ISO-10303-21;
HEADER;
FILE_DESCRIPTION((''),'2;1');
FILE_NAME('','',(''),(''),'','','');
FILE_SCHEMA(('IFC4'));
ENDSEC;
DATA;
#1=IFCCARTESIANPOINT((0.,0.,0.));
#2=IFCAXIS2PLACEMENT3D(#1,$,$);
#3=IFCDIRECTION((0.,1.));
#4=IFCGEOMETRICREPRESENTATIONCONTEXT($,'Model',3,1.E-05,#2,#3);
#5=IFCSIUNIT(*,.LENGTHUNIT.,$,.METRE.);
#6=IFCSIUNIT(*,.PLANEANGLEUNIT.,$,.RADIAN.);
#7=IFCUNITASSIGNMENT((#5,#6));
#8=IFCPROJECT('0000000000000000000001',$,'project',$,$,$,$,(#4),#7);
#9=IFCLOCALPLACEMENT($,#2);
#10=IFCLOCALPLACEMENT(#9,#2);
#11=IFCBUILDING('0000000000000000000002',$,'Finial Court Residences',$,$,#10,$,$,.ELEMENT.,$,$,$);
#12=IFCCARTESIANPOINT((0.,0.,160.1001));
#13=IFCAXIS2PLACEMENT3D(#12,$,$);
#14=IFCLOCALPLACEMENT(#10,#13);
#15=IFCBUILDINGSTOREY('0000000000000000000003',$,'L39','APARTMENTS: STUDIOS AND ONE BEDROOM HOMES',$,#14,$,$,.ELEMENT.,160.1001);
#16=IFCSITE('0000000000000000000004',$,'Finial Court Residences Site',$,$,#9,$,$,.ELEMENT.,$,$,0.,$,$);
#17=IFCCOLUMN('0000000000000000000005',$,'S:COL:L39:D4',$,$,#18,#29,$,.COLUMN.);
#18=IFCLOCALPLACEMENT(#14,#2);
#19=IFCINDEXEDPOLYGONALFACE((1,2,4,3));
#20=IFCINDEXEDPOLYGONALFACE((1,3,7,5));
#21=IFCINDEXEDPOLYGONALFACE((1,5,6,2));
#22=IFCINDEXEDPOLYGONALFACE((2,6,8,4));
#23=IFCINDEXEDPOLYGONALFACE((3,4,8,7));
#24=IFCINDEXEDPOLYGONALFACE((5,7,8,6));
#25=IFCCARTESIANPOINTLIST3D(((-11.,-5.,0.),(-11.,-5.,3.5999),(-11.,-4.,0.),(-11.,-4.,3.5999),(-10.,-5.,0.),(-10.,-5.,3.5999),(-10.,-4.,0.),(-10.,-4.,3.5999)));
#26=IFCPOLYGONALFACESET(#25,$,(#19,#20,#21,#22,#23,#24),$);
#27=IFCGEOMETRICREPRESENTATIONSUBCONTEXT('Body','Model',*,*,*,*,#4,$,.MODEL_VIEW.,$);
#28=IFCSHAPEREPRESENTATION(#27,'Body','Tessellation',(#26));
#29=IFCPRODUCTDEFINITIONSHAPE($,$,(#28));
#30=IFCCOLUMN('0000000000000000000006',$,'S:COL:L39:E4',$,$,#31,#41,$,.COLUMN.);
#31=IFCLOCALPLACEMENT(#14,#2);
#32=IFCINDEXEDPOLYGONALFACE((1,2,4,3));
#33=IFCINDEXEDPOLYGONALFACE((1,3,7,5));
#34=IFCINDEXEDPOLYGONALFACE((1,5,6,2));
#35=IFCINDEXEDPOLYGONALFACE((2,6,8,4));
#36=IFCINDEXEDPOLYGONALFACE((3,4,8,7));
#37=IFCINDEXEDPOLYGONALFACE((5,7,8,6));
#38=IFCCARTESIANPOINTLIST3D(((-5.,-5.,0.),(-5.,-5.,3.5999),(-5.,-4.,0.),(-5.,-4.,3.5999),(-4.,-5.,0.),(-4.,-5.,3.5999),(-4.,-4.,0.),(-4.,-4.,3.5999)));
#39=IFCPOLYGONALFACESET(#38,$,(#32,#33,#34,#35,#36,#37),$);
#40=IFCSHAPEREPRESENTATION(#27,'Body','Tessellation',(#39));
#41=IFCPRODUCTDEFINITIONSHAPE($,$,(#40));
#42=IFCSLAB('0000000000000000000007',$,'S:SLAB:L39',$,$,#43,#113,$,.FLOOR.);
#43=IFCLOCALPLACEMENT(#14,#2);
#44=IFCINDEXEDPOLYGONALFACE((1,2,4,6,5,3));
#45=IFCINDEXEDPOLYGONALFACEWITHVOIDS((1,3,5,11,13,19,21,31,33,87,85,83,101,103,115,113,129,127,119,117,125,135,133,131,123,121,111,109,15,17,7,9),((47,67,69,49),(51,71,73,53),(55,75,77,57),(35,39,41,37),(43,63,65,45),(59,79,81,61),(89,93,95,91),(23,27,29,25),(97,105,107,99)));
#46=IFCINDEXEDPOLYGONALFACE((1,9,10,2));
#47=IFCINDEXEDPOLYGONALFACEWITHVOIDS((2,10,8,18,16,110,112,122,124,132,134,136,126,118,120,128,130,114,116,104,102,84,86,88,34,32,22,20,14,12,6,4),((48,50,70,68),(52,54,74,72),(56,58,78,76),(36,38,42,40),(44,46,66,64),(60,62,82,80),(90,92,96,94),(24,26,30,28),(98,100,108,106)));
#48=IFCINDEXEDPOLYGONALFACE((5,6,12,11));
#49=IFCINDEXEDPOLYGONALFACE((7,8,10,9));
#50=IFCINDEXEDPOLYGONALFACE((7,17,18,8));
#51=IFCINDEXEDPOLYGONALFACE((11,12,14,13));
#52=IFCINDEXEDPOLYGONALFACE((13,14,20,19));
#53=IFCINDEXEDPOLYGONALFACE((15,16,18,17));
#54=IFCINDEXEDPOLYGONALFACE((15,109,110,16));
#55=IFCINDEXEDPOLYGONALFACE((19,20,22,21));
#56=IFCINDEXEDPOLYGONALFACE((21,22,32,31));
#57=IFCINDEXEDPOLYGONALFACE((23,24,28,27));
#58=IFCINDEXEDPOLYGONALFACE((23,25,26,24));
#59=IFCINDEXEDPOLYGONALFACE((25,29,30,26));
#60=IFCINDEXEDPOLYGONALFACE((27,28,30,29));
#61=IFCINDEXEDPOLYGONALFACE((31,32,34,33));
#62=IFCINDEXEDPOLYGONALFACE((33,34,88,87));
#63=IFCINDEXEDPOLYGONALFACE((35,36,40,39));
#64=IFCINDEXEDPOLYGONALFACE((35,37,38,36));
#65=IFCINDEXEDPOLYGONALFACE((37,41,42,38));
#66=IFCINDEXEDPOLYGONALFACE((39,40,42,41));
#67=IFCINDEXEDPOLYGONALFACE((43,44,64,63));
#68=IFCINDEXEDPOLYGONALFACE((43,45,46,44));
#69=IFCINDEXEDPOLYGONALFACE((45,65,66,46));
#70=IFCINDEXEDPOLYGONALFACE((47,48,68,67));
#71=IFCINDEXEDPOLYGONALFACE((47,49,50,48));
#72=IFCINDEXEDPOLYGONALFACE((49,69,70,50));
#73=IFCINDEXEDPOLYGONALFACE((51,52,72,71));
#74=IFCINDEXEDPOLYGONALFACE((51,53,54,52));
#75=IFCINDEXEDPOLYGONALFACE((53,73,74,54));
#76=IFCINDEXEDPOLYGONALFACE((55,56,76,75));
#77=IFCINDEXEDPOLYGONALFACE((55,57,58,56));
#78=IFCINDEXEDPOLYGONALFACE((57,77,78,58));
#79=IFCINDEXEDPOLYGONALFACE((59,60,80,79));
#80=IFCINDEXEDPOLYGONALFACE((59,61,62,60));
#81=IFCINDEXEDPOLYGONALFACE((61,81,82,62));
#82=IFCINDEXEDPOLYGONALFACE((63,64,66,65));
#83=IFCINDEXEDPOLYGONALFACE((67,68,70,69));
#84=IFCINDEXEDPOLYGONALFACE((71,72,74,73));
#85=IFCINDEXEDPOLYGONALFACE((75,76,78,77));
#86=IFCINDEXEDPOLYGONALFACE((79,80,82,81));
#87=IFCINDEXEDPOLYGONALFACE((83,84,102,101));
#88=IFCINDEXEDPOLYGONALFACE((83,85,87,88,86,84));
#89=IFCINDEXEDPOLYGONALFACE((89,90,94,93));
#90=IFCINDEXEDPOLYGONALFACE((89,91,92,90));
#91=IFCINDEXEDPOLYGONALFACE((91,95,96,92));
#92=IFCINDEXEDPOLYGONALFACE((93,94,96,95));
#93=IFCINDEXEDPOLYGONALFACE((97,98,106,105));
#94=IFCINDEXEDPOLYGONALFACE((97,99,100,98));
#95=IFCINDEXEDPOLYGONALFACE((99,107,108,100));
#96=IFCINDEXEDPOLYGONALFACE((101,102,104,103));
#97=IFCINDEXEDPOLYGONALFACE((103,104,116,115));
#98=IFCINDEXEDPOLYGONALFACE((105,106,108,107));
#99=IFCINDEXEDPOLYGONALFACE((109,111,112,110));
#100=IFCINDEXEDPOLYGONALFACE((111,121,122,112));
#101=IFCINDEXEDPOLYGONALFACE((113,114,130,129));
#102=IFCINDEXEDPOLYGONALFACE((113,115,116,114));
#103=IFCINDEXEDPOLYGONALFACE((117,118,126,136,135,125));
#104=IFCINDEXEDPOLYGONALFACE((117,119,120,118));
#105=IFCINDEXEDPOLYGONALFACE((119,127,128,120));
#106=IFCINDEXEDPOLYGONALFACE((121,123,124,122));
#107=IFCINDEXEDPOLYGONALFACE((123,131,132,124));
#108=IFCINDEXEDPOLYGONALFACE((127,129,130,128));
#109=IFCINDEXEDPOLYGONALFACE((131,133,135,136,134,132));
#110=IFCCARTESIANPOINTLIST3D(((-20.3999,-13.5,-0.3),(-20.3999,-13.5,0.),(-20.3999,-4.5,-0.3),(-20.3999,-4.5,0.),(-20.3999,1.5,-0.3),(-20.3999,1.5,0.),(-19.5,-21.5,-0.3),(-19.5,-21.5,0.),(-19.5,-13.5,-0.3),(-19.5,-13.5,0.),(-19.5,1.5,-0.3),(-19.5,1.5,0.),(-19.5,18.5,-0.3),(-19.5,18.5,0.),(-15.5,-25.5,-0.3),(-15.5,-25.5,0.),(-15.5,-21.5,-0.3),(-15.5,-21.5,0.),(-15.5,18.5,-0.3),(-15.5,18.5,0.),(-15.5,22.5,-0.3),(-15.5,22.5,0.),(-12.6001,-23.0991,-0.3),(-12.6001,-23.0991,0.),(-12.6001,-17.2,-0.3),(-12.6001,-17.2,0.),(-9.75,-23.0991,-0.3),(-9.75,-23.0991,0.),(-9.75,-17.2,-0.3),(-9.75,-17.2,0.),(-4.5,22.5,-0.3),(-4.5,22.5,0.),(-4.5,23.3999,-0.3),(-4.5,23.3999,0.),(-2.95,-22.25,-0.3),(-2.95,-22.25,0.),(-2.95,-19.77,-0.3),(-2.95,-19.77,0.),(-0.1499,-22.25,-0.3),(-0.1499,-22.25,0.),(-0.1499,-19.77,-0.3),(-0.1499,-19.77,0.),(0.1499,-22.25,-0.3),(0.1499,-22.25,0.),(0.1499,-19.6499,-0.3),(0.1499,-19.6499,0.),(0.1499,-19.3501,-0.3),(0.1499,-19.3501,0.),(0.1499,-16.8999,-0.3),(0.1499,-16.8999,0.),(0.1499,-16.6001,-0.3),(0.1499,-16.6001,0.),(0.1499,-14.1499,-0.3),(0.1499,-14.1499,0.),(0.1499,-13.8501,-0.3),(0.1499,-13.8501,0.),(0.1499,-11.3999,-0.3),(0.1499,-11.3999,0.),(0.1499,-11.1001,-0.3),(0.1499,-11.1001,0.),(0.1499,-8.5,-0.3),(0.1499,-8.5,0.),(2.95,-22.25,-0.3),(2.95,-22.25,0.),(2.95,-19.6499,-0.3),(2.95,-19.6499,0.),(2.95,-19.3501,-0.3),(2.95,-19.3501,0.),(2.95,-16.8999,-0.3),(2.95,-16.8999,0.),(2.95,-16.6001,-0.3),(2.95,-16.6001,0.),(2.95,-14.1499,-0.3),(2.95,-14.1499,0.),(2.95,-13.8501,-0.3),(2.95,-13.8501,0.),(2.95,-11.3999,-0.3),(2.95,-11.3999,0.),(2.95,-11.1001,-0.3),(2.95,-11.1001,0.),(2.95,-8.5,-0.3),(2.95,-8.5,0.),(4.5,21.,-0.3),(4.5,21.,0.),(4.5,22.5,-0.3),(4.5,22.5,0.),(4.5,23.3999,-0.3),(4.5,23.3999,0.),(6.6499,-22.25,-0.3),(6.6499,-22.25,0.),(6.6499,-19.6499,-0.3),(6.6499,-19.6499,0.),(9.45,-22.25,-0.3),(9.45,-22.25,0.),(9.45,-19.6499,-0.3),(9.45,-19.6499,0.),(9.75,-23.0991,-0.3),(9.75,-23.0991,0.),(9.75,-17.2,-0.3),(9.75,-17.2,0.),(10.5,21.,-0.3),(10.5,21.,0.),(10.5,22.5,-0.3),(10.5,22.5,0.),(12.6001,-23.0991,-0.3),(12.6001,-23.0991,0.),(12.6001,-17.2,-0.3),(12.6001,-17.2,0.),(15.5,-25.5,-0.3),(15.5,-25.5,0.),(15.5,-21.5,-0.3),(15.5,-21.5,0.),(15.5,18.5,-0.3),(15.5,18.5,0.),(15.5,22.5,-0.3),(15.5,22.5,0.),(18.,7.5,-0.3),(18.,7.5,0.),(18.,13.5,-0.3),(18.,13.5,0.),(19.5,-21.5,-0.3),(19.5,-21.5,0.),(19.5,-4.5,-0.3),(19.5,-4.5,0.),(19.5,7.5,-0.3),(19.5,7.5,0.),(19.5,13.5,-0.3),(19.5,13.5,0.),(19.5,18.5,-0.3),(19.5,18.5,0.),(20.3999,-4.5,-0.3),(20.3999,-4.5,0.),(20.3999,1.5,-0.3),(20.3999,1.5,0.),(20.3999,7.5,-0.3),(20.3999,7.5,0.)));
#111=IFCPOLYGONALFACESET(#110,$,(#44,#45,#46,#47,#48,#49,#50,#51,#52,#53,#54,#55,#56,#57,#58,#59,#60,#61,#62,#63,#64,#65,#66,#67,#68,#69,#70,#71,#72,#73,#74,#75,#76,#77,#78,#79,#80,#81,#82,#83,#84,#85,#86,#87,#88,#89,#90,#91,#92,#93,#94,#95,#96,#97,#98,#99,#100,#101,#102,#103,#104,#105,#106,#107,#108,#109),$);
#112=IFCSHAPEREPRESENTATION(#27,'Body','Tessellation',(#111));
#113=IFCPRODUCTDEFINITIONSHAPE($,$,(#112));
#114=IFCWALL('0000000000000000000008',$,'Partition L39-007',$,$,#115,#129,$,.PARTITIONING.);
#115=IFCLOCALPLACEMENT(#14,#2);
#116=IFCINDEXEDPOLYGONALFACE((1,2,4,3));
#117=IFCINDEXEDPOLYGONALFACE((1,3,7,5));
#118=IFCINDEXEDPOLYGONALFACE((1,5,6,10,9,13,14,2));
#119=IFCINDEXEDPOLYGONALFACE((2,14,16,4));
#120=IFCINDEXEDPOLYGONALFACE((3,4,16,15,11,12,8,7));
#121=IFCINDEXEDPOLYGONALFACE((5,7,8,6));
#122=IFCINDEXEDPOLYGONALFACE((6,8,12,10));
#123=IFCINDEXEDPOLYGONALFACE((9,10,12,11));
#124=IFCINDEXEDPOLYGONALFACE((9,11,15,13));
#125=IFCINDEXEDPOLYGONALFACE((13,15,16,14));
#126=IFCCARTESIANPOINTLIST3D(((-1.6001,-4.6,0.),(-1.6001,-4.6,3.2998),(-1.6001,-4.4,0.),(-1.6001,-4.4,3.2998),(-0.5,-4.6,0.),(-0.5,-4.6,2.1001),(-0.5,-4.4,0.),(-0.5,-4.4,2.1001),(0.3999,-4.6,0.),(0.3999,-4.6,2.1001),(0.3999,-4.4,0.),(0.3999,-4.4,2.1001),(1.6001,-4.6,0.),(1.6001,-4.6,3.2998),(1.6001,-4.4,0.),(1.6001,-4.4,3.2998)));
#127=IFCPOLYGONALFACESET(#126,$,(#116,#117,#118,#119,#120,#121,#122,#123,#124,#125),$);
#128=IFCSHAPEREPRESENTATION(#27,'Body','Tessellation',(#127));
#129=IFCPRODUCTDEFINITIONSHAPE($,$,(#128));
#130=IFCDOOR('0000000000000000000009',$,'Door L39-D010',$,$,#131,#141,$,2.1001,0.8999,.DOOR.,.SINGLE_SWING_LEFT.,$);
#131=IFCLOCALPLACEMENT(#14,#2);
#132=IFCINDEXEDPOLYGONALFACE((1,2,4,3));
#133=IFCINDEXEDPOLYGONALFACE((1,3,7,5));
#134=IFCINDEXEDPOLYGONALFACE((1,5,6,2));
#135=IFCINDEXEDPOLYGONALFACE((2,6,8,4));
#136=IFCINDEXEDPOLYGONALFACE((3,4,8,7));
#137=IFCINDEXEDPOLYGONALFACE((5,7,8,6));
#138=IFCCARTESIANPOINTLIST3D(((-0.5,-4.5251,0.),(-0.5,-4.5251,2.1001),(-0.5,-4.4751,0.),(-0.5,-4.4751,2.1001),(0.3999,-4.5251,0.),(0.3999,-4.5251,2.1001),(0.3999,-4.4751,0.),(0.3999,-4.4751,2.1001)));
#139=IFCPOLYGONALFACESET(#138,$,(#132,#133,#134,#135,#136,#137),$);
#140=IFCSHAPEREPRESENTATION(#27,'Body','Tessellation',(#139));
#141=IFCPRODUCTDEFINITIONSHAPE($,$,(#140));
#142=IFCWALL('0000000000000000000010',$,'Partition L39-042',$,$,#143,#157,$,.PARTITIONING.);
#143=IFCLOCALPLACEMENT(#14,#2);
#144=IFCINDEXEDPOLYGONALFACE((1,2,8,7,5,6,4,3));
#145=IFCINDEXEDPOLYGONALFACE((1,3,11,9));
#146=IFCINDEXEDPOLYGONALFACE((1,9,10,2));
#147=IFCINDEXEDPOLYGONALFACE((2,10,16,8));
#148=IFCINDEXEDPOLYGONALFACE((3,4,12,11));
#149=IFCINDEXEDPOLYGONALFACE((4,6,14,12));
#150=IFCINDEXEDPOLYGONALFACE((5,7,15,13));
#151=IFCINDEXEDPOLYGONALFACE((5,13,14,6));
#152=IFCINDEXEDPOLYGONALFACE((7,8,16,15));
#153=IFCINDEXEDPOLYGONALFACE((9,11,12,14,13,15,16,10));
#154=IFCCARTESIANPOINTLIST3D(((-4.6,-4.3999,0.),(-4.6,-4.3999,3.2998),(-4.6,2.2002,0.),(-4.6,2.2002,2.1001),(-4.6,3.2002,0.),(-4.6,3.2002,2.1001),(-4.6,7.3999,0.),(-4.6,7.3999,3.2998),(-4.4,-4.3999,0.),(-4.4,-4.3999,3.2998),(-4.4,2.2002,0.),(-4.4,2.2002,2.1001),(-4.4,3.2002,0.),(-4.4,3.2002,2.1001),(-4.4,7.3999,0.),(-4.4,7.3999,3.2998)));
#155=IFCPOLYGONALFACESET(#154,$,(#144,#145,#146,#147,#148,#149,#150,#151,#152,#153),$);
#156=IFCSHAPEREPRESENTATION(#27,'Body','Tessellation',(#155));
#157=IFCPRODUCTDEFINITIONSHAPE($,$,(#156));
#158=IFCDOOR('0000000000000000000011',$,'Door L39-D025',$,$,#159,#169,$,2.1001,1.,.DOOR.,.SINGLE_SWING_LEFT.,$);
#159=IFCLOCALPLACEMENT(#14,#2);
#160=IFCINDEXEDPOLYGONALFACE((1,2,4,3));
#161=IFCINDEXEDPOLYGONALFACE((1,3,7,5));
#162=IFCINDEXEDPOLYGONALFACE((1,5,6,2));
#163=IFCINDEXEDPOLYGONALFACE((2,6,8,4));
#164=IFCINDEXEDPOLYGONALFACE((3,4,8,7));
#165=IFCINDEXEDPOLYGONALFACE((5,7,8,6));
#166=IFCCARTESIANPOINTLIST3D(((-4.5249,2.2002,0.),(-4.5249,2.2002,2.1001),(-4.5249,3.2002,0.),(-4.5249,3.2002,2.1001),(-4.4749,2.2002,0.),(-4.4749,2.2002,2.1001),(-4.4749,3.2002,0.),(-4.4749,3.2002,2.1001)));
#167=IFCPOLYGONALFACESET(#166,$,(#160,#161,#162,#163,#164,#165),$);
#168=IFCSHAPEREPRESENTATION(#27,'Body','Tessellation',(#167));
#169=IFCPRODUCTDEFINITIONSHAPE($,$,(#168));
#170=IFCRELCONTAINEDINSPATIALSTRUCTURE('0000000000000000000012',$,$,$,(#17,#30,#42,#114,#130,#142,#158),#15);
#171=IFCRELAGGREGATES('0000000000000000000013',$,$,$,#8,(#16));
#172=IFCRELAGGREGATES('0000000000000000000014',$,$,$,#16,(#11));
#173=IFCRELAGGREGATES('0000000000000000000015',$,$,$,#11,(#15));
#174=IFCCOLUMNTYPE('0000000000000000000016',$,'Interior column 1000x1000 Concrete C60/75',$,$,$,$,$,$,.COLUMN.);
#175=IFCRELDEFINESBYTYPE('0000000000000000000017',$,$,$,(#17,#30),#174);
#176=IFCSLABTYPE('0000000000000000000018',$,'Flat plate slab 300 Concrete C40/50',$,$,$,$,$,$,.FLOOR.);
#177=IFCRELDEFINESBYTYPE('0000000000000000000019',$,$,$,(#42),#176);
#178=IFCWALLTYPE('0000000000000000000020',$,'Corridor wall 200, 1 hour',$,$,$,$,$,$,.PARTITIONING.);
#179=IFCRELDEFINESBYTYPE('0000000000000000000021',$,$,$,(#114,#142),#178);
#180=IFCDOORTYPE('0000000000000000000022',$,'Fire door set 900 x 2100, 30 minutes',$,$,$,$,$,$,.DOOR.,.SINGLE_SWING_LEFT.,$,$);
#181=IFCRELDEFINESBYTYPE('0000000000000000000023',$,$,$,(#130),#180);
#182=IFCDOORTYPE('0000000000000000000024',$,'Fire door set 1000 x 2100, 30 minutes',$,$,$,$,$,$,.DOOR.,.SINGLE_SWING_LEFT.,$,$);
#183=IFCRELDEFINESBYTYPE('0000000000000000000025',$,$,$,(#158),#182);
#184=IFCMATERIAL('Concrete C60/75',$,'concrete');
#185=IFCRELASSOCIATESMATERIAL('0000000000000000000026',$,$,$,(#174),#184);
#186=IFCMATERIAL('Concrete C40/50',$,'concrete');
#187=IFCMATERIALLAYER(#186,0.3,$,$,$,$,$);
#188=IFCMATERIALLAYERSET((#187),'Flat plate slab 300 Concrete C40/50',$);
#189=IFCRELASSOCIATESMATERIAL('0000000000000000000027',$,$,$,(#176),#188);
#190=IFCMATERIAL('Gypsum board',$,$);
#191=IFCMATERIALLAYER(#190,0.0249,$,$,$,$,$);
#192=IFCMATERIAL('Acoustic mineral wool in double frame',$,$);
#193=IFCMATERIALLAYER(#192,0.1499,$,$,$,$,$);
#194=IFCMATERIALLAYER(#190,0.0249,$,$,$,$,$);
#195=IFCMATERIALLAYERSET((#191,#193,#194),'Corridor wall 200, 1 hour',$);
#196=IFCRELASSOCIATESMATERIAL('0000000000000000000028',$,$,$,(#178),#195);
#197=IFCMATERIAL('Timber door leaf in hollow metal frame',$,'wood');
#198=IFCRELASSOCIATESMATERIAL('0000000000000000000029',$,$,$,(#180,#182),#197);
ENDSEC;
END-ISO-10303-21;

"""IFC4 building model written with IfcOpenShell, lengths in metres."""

from ifc_helpers import new_model, si_unit, direction, frame, frame_2d, origin, origin_2d, place, context, subcontext, project, spatial, polyline, rectangle, outline, extrude, material, layer, layer_set, material_profile, profile_set, type_object, element, fill, save


model = new_model("IFC4")

# Units and contexts
model_context = context("Model", 3, precision=1e-05, world=origin(), true_north=direction((0.0, 1.0)))
body_context = subcontext(model_context, "Body", "Model", "MODEL_VIEW")
ifc_project = project(units=[si_unit("LENGTHUNIT", "METRE"), si_unit("PLANEANGLEUNIT", "RADIAN")], contexts=[model_context])

# Site, building, storey
site_placement = place(None, origin())
site = spatial("IfcSite", under=ifc_project, at=site_placement, Name="Finial Court Residences Site", CompositionType="ELEMENT", RefElevation=0.0)
building_placement = place(site_placement, origin())
building = spatial("IfcBuilding", under=site, at=building_placement, Name="Finial Court Residences", CompositionType="ELEMENT")
storey_placement = place(building_placement, frame((0.0, 0.0, 160.1001)))
storey = spatial("IfcBuildingStorey", under=building, at=storey_placement, Name="L39", Description="APARTMENTS: STUDIOS AND ONE BEDROOM HOMES", CompositionType="ELEMENT", Elevation=160.1001)

# Columns
ifc_material_1 = material(Name="Concrete C60/75", Category="concrete")
ifc_material_profile = material_profile(ifc_material_1, rectangle(XDim=1.0, YDim=1.0, at=origin_2d()), Name="1000x1000")
ifc_profile_set = profile_set([ifc_material_profile], Name="Concrete C60/75")
column_type = type_object("IfcColumnType", Name="Interior column 1000x1000 Concrete C60/75", PredefinedType="COLUMN", material=ifc_profile_set)
for number, where, z_axis, x_axis, name in (
    (1, (-10.5, -4.5, 0.0), (0.0, 0.0, 1.0), (1.0, 0.0, 0.0), "S:COL:L39:D4"),
    (2, (-4.5, -4.5, 0.0), (0.0, 0.0, 1.0), (1.0, 0.0, 0.0), "S:COL:L39:E4"),
):
    element("IfcColumn", number, at=place(storey_placement, frame(where, z_axis=z_axis, x_axis=x_axis)), inside=storey, type_object=column_type, Name=name, PredefinedType="COLUMN", context=body_context, shape_type="SweptSolid", body=[
        extrude(rectangle(XDim=1.0, YDim=1.0, at=origin_2d()), origin(), (0.0, 0.0, 1.0), 3.5999),
    ])

# Slab
ifc_material_2 = material(Name="Concrete C40/50", Category="concrete")
ifc_layer_1 = layer(ifc_material_2, 0.3)
ifc_layer_set_1 = layer_set([ifc_layer_1], Name="Flat plate slab 300 Concrete C40/50")
slab_type = type_object("IfcSlabType", Name="Flat plate slab 300 Concrete C40/50", PredefinedType="FLOOR", material=ifc_layer_set_1)
slab_placement = place(storey_placement, frame((0.0, 0.0, -0.3)))
element("IfcSlab", 3, at=slab_placement, inside=storey, type_object=slab_type, Name="S:SLAB:L39", PredefinedType="FLOOR", context=body_context, shape_type="SweptSolid", body=[
    extrude(outline(polyline([(-20.3999, 1.5), (-19.5, 1.5), (-19.5, 18.5), (-15.5, 18.5), (-15.5, 22.5), (-4.5, 22.5), (-4.5, 23.3999), (4.5, 23.3999), (4.5, 22.5), (4.5, 21.0), (10.5, 21.0), (10.5, 22.5), (15.5, 22.5), (15.5, 18.5), (19.5, 18.5), (19.5, 13.5), (18.0, 13.5), (18.0, 7.5), (19.5, 7.5), (20.3999, 7.5), (20.3999, 1.5), (20.3999, -4.5), (19.5, -4.5), (19.5, -21.5), (15.5, -21.5), (15.5, -25.5), (-15.5, -25.5), (-15.5, -21.5), (-19.5, -21.5), (-19.5, -13.5), (-20.3999, -13.5), (-20.3999, -4.5), (-20.3999, 1.5)]), holes=[polyline([(-0.1499, -19.77), (-2.95, -19.77), (-2.95, -22.25), (-0.1499, -22.25), (-0.1499, -19.77)]), polyline([(2.95, -19.6499), (0.1499, -19.6499), (0.1499, -22.25), (2.95, -22.25), (2.95, -19.6499)]), polyline([(9.45, -19.6499), (6.6499, -19.6499), (6.6499, -22.25), (9.45, -22.25), (9.45, -19.6499)]), polyline([(-12.6001, -17.2), (-12.6001, -23.0991), (-9.75, -23.0991), (-9.75, -17.2), (-12.6001, -17.2)]), polyline([(9.75, -17.2), (9.75, -23.0991), (12.6001, -23.0991), (12.6001, -17.2), (9.75, -17.2)]), polyline([(2.95, -16.8999), (0.1499, -16.8999), (0.1499, -19.3501), (2.95, -19.3501), (2.95, -16.8999)]), polyline([(2.95, -14.1499), (0.1499, -14.1499), (0.1499, -16.6001), (2.95, -16.6001), (2.95, -14.1499)]), polyline([(2.95, -13.8501), (2.95, -11.3999), (0.1499, -11.3999), (0.1499, -13.8501), (2.95, -13.8501)]), polyline([(2.95, -11.1001), (2.95, -8.5), (0.1499, -8.5), (0.1499, -11.1001), (2.95, -11.1001)])]), origin(), (0.0, 0.0, 1.0), 0.3),
])

# Walls, openings, doors
ifc_material_3 = material(Name="Gypsum board")
ifc_layer_2 = layer(ifc_material_3, 0.0249)
ifc_material_4 = material(Name="Acoustic mineral wool in double frame")
ifc_layer_3 = layer(ifc_material_4, 0.1499)
ifc_layer_4 = layer(ifc_material_3, 0.0249)
ifc_layer_set_2 = layer_set([ifc_layer_2, ifc_layer_3, ifc_layer_4], Name="Corridor wall 200, 1 hour")
wall_type_1 = type_object("IfcWallType", Name="Corridor wall 200, 1 hour", PredefinedType="PARTITIONING", material=ifc_layer_set_2)
wall_1_placement = place(storey_placement, frame((-1.6001, -4.5, 0.0), z_axis=(0.0, 0.0, 1.0), x_axis=(1.0, 0.0, 0.0)))
wall_1 = element("IfcWall", 4, at=wall_1_placement, inside=storey, type_object=wall_type_1, Name="Partition L39-007", PredefinedType="PARTITIONING", context=body_context, shape_type="SweptSolid", body=[
    extrude(rectangle(XDim=3.2002, YDim=0.2, at=frame_2d((1.6001, 0.0))), origin(), (0.0, 0.0, 1.0), 3.2998),
])
opening_1_placement = place(wall_1_placement, frame((1.1001, 0.0, 0.0)))
opening_1 = element("IfcOpeningElement", 5, at=opening_1_placement, cuts=wall_1, PredefinedType="OPENING", context=body_context, shape_type="SweptSolid", body=[
    extrude(rectangle(XDim=0.8999, YDim=2.1001, at=frame_2d((0.45, 1.05))), frame((0.0, 0.1099, 0.0), z_axis=(0.0, -1.0, 0.0), x_axis=(1.0, 0.0, 0.0)), (0.0, 0.0, 1.0), 0.22),
])
ifc_material_5 = material(Name="Timber door leaf in hollow metal frame", Category="wood")
door_type_1 = type_object("IfcDoorType", Name="Fire door set 900 x 2100, 30 minutes", OperationType="SINGLE_SWING_LEFT", PredefinedType="DOOR", material=ifc_material_5)
door_1_placement = place(opening_1_placement, origin())
door_1 = element("IfcDoor", 6, at=door_1_placement, inside=storey, type_object=door_type_1, Name="Door L39-D010", OperationType="SINGLE_SWING_LEFT", OverallHeight=2.1001, OverallWidth=0.8999, PredefinedType="DOOR", context=body_context, shape_type="SweptSolid", body=[
    extrude(rectangle(XDim=0.8999, YDim=2.1001, at=frame_2d((0.45, 1.05))), frame((0.0, 0.0249, 0.0), z_axis=(0.0, -1.0, 0.0), x_axis=(1.0, 0.0, 0.0)), (0.0, 0.0, 1.0), 0.05),
])
fill(opening_1, door_1)
wall_2_placement = place(storey_placement, frame((-4.5, -4.3999, 0.0), z_axis=(0.0, 0.0, 1.0), x_axis=(0.0, 1.0, 0.0)))
wall_2 = element("IfcWall", 7, at=wall_2_placement, inside=storey, type_object=wall_type_1, Name="Partition L39-042", PredefinedType="PARTITIONING", context=body_context, shape_type="SweptSolid", body=[
    extrude(rectangle(XDim=11.7998, YDim=0.2, at=frame_2d((5.8999, 0.0))), origin(), (0.0, 0.0, 1.0), 3.2998),
])
opening_2_placement = place(wall_2_placement, frame((6.6001, 0.0, 0.0)))
opening_2 = element("IfcOpeningElement", 8, at=opening_2_placement, cuts=wall_2, PredefinedType="OPENING", context=body_context, shape_type="SweptSolid", body=[
    extrude(rectangle(XDim=1.0, YDim=2.1001, at=frame_2d((0.5, 1.05))), frame((0.0, 0.1099, 0.0), z_axis=(0.0, -1.0, 0.0), x_axis=(1.0, 0.0, 0.0)), (0.0, 0.0, 1.0), 0.22),
])
door_type_2 = type_object("IfcDoorType", Name="Fire door set 1000 x 2100, 30 minutes", OperationType="SINGLE_SWING_LEFT", PredefinedType="DOOR", material=ifc_material_5)
door_2_placement = place(opening_2_placement, origin())
door_2 = element("IfcDoor", 9, at=door_2_placement, inside=storey, type_object=door_type_2, Name="Door L39-D025", OperationType="SINGLE_SWING_LEFT", OverallHeight=2.1001, OverallWidth=1.0, PredefinedType="DOOR", context=body_context, shape_type="SweptSolid", body=[
    extrude(rectangle(XDim=1.0, YDim=2.1001, at=frame_2d((0.5, 1.05))), frame((0.0, 0.0249, 0.0), z_axis=(0.0, -1.0, 0.0), x_axis=(1.0, 0.0, 0.0)), (0.0, 0.0, 1.0), 0.05),
])
fill(opening_2, door_2)

save(model, "model.ifc")
